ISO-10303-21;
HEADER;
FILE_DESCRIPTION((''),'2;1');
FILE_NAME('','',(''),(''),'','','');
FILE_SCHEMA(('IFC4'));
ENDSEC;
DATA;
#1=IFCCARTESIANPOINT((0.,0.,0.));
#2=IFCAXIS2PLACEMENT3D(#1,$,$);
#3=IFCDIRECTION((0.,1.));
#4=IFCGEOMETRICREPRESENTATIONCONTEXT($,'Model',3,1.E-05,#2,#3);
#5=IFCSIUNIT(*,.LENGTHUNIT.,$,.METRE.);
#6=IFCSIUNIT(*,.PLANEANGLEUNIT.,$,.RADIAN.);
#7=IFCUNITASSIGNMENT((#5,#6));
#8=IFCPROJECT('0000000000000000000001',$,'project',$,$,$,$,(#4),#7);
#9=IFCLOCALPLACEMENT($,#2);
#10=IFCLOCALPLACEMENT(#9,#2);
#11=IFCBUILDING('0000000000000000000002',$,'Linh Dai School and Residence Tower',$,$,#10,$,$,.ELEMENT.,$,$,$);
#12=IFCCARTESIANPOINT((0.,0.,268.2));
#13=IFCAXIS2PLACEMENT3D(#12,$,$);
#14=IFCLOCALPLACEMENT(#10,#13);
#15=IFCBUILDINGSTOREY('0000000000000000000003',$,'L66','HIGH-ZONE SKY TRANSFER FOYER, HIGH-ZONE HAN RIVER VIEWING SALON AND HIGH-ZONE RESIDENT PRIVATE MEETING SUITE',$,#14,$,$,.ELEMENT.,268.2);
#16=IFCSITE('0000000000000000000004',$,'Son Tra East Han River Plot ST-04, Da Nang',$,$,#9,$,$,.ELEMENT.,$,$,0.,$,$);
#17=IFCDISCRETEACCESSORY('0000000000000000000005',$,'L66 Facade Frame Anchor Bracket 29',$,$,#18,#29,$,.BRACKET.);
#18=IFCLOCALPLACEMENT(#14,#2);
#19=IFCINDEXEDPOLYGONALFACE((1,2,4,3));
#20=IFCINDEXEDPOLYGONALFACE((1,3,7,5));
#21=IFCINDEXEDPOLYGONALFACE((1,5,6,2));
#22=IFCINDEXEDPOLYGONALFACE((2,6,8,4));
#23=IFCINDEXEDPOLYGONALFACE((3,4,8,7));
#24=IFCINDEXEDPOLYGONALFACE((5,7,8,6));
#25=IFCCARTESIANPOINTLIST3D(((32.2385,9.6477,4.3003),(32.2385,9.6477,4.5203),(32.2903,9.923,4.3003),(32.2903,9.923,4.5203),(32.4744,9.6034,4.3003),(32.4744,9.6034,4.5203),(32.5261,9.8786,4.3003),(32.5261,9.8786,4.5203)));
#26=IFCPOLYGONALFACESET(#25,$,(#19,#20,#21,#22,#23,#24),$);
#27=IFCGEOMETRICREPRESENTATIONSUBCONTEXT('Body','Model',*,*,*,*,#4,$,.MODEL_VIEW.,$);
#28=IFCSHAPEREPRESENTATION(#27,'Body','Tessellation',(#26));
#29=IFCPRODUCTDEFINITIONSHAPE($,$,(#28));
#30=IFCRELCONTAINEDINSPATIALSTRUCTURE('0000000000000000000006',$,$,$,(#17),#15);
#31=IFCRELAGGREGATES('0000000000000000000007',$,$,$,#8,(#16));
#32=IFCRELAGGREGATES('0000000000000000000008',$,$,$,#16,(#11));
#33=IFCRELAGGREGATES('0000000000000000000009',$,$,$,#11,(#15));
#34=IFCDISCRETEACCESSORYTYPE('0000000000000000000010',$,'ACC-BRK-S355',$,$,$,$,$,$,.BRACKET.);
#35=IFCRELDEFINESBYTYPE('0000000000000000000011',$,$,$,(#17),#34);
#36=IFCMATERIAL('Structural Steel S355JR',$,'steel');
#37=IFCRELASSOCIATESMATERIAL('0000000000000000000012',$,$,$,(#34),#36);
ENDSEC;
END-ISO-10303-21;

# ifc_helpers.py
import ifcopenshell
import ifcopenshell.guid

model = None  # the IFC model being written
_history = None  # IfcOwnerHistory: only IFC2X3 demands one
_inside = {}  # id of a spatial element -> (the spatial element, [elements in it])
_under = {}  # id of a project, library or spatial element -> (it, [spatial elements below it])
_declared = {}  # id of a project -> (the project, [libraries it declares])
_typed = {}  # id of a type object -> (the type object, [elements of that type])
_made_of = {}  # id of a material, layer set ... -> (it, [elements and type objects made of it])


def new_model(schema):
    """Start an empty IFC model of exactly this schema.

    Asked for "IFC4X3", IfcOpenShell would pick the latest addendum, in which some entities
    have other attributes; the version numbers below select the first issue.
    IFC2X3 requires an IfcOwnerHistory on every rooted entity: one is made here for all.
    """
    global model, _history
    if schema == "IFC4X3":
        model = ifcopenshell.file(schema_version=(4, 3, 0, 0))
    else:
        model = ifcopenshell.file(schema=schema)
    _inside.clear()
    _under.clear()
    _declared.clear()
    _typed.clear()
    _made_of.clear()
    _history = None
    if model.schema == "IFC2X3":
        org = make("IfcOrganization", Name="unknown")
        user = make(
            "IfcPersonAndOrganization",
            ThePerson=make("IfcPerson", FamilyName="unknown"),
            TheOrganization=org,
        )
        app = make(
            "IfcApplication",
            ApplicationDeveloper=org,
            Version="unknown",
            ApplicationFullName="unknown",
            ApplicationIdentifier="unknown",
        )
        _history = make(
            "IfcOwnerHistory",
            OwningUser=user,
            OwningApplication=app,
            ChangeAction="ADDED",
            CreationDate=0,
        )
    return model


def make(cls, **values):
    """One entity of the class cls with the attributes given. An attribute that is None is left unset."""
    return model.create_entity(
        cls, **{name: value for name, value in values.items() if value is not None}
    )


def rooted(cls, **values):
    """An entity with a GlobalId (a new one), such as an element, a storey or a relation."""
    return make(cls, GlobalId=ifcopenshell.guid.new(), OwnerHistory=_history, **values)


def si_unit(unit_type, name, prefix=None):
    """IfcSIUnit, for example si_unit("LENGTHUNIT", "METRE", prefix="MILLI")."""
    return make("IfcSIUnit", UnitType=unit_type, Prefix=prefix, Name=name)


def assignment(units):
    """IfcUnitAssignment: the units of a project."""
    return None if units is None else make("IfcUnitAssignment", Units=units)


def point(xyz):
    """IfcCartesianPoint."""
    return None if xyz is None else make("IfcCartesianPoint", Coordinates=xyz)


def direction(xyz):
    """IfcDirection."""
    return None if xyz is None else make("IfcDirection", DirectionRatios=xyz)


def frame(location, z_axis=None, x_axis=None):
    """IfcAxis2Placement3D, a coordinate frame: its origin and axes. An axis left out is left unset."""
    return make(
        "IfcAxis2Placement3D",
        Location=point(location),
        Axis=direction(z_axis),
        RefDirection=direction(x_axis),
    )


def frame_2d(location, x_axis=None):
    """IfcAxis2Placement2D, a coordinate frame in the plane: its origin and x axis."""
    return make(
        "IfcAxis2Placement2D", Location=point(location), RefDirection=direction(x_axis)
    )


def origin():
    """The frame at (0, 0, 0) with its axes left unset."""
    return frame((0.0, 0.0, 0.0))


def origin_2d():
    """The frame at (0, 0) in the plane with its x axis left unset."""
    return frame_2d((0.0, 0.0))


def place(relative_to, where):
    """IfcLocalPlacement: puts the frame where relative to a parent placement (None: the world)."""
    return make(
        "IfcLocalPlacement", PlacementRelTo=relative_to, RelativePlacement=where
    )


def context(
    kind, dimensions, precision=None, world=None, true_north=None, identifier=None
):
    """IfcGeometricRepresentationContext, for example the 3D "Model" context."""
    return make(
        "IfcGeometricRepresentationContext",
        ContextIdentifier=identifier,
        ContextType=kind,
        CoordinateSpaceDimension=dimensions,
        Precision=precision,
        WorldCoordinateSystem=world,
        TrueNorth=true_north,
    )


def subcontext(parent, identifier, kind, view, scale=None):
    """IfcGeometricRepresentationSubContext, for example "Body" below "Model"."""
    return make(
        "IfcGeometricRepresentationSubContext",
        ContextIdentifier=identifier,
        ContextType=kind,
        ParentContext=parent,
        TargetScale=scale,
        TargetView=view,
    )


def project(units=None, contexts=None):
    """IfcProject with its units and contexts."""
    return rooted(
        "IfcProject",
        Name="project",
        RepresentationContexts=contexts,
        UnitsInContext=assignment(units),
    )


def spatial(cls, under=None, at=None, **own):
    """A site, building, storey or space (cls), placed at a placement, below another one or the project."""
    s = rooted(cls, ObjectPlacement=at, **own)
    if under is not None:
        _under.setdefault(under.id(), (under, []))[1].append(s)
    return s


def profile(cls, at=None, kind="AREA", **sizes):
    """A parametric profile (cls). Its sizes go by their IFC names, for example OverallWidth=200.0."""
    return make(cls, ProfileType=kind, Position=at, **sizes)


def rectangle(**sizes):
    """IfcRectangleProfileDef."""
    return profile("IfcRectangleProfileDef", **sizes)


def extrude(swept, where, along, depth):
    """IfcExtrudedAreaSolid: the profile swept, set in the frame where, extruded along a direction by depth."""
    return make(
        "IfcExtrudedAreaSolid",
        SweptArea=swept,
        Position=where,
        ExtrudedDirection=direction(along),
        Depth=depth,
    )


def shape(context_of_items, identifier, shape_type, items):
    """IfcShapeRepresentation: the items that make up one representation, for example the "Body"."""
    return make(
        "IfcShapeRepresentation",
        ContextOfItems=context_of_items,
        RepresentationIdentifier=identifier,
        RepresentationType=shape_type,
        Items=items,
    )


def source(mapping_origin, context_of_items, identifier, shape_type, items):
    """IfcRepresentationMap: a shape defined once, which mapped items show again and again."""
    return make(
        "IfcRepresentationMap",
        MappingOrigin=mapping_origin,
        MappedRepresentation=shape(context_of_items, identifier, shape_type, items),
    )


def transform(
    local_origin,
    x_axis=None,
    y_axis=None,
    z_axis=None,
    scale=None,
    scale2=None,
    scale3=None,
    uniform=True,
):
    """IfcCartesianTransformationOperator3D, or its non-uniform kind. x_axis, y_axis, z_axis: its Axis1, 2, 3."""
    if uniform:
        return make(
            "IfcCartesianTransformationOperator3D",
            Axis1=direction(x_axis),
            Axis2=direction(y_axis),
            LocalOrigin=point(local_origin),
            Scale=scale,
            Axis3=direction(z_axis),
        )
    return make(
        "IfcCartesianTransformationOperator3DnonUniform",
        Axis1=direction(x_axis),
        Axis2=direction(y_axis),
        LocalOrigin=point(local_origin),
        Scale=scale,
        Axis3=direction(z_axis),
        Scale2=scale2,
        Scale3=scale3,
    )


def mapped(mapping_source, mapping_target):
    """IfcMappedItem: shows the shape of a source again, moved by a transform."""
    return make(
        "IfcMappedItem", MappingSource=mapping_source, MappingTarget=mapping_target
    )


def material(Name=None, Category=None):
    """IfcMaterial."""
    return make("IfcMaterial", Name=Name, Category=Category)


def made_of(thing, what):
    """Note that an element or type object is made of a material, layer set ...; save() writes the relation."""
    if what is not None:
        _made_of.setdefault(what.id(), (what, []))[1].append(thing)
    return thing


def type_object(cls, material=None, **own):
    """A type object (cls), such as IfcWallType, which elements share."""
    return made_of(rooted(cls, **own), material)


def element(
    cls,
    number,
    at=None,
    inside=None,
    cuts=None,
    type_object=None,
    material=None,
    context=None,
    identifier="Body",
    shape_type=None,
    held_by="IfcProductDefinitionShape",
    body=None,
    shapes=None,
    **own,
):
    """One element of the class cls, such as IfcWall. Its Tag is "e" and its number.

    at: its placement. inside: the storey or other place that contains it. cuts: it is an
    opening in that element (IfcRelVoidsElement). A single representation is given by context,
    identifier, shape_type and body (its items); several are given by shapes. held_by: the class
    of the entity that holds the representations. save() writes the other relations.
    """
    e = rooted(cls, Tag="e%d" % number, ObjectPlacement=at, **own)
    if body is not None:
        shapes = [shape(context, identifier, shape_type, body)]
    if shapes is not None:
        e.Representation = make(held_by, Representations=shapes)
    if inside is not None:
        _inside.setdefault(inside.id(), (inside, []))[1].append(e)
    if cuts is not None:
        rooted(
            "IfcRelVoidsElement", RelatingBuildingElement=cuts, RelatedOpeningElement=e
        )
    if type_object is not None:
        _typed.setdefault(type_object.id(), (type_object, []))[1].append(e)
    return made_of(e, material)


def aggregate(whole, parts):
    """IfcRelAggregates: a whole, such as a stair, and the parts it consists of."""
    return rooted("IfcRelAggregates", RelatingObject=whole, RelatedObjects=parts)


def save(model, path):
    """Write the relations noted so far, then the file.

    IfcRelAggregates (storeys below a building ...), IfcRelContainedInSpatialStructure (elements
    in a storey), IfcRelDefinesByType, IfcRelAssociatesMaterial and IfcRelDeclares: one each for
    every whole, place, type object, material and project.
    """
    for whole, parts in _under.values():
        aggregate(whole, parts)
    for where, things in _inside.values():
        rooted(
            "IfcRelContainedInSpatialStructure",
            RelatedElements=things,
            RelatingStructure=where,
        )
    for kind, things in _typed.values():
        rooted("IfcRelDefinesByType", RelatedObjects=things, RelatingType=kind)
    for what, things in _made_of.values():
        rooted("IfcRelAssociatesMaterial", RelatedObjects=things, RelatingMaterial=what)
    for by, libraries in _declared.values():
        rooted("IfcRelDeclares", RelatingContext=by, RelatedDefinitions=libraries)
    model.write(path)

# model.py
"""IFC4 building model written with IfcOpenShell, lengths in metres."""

from ifc_helpers import new_model, si_unit, direction, frame, origin, origin_2d, place, context, subcontext, project, spatial, rectangle, extrude, source, transform, mapped, material, type_object, element, save


model = new_model("IFC4")

# Units and contexts
model_context = context("Model", 3, precision=1e-05, world=origin(), true_north=direction((0.0, 1.0)))
body_context = subcontext(model_context, "Body", "Model", "MODEL_VIEW")
ifc_project = project(units=[si_unit("LENGTHUNIT", "METRE"), si_unit("PLANEANGLEUNIT", "RADIAN")], contexts=[model_context])

# Site, building, storey
site_placement = place(None, origin())
site = spatial("IfcSite", under=ifc_project, at=site_placement, Name="Son Tra East Han River Plot ST-04, Da Nang", CompositionType="ELEMENT", RefElevation=0.0)
building_placement = place(site_placement, origin())
building = spatial("IfcBuilding", under=site, at=building_placement, Name="Linh Dai School and Residence Tower", CompositionType="ELEMENT")
storey_placement = place(building_placement, frame((0.0, 0.0, 268.2)))
storey = spatial("IfcBuildingStorey", under=building, at=storey_placement, Name="L66", Description="HIGH-ZONE SKY TRANSFER FOYER, HIGH-ZONE HAN RIVER VIEWING SALON AND HIGH-ZONE RESIDENT PRIVATE MEETING SUITE", CompositionType="ELEMENT", Elevation=268.2)

# Shared definitions
ifc_material_1 = material(Name="Structural Steel S355JR", Category="steel")

# Discrete accessory
discrete_accessory_type = type_object("IfcDiscreteAccessoryType", Name="ACC-BRK-S355", PredefinedType="BRACKET", material=ifc_material_1)
shared_shape_1 = source(origin(), body_context, "Body", "SweptSolid", [
    extrude(rectangle(XDim=0.28, YDim=0.24, at=origin_2d()), origin(), (0.0, 0.0, 1.0), 0.22),
])
discrete_accessory_placement = place(storey_placement, frame((32.3823, 9.7632, 4.3003), z_axis=(0.0, 0.0, 1.0), x_axis=(-0.184751, -0.982785, 0.0)))
element("IfcDiscreteAccessory", 1, at=discrete_accessory_placement, inside=storey, type_object=discrete_accessory_type, Name="L66 Facade Frame Anchor Bracket 29", PredefinedType="BRACKET", context=body_context, shape_type="MappedRepresentation", body=[
    mapped(shared_shape_1, transform((0.0, 0.0, 0.0), x_axis=(1.0, 0.0, 0.0), y_axis=(0.0, 1.0, 0.0), z_axis=(0.0, 0.0, 1.0), scale=1.0)),
])

save(model, "model.ifc")
